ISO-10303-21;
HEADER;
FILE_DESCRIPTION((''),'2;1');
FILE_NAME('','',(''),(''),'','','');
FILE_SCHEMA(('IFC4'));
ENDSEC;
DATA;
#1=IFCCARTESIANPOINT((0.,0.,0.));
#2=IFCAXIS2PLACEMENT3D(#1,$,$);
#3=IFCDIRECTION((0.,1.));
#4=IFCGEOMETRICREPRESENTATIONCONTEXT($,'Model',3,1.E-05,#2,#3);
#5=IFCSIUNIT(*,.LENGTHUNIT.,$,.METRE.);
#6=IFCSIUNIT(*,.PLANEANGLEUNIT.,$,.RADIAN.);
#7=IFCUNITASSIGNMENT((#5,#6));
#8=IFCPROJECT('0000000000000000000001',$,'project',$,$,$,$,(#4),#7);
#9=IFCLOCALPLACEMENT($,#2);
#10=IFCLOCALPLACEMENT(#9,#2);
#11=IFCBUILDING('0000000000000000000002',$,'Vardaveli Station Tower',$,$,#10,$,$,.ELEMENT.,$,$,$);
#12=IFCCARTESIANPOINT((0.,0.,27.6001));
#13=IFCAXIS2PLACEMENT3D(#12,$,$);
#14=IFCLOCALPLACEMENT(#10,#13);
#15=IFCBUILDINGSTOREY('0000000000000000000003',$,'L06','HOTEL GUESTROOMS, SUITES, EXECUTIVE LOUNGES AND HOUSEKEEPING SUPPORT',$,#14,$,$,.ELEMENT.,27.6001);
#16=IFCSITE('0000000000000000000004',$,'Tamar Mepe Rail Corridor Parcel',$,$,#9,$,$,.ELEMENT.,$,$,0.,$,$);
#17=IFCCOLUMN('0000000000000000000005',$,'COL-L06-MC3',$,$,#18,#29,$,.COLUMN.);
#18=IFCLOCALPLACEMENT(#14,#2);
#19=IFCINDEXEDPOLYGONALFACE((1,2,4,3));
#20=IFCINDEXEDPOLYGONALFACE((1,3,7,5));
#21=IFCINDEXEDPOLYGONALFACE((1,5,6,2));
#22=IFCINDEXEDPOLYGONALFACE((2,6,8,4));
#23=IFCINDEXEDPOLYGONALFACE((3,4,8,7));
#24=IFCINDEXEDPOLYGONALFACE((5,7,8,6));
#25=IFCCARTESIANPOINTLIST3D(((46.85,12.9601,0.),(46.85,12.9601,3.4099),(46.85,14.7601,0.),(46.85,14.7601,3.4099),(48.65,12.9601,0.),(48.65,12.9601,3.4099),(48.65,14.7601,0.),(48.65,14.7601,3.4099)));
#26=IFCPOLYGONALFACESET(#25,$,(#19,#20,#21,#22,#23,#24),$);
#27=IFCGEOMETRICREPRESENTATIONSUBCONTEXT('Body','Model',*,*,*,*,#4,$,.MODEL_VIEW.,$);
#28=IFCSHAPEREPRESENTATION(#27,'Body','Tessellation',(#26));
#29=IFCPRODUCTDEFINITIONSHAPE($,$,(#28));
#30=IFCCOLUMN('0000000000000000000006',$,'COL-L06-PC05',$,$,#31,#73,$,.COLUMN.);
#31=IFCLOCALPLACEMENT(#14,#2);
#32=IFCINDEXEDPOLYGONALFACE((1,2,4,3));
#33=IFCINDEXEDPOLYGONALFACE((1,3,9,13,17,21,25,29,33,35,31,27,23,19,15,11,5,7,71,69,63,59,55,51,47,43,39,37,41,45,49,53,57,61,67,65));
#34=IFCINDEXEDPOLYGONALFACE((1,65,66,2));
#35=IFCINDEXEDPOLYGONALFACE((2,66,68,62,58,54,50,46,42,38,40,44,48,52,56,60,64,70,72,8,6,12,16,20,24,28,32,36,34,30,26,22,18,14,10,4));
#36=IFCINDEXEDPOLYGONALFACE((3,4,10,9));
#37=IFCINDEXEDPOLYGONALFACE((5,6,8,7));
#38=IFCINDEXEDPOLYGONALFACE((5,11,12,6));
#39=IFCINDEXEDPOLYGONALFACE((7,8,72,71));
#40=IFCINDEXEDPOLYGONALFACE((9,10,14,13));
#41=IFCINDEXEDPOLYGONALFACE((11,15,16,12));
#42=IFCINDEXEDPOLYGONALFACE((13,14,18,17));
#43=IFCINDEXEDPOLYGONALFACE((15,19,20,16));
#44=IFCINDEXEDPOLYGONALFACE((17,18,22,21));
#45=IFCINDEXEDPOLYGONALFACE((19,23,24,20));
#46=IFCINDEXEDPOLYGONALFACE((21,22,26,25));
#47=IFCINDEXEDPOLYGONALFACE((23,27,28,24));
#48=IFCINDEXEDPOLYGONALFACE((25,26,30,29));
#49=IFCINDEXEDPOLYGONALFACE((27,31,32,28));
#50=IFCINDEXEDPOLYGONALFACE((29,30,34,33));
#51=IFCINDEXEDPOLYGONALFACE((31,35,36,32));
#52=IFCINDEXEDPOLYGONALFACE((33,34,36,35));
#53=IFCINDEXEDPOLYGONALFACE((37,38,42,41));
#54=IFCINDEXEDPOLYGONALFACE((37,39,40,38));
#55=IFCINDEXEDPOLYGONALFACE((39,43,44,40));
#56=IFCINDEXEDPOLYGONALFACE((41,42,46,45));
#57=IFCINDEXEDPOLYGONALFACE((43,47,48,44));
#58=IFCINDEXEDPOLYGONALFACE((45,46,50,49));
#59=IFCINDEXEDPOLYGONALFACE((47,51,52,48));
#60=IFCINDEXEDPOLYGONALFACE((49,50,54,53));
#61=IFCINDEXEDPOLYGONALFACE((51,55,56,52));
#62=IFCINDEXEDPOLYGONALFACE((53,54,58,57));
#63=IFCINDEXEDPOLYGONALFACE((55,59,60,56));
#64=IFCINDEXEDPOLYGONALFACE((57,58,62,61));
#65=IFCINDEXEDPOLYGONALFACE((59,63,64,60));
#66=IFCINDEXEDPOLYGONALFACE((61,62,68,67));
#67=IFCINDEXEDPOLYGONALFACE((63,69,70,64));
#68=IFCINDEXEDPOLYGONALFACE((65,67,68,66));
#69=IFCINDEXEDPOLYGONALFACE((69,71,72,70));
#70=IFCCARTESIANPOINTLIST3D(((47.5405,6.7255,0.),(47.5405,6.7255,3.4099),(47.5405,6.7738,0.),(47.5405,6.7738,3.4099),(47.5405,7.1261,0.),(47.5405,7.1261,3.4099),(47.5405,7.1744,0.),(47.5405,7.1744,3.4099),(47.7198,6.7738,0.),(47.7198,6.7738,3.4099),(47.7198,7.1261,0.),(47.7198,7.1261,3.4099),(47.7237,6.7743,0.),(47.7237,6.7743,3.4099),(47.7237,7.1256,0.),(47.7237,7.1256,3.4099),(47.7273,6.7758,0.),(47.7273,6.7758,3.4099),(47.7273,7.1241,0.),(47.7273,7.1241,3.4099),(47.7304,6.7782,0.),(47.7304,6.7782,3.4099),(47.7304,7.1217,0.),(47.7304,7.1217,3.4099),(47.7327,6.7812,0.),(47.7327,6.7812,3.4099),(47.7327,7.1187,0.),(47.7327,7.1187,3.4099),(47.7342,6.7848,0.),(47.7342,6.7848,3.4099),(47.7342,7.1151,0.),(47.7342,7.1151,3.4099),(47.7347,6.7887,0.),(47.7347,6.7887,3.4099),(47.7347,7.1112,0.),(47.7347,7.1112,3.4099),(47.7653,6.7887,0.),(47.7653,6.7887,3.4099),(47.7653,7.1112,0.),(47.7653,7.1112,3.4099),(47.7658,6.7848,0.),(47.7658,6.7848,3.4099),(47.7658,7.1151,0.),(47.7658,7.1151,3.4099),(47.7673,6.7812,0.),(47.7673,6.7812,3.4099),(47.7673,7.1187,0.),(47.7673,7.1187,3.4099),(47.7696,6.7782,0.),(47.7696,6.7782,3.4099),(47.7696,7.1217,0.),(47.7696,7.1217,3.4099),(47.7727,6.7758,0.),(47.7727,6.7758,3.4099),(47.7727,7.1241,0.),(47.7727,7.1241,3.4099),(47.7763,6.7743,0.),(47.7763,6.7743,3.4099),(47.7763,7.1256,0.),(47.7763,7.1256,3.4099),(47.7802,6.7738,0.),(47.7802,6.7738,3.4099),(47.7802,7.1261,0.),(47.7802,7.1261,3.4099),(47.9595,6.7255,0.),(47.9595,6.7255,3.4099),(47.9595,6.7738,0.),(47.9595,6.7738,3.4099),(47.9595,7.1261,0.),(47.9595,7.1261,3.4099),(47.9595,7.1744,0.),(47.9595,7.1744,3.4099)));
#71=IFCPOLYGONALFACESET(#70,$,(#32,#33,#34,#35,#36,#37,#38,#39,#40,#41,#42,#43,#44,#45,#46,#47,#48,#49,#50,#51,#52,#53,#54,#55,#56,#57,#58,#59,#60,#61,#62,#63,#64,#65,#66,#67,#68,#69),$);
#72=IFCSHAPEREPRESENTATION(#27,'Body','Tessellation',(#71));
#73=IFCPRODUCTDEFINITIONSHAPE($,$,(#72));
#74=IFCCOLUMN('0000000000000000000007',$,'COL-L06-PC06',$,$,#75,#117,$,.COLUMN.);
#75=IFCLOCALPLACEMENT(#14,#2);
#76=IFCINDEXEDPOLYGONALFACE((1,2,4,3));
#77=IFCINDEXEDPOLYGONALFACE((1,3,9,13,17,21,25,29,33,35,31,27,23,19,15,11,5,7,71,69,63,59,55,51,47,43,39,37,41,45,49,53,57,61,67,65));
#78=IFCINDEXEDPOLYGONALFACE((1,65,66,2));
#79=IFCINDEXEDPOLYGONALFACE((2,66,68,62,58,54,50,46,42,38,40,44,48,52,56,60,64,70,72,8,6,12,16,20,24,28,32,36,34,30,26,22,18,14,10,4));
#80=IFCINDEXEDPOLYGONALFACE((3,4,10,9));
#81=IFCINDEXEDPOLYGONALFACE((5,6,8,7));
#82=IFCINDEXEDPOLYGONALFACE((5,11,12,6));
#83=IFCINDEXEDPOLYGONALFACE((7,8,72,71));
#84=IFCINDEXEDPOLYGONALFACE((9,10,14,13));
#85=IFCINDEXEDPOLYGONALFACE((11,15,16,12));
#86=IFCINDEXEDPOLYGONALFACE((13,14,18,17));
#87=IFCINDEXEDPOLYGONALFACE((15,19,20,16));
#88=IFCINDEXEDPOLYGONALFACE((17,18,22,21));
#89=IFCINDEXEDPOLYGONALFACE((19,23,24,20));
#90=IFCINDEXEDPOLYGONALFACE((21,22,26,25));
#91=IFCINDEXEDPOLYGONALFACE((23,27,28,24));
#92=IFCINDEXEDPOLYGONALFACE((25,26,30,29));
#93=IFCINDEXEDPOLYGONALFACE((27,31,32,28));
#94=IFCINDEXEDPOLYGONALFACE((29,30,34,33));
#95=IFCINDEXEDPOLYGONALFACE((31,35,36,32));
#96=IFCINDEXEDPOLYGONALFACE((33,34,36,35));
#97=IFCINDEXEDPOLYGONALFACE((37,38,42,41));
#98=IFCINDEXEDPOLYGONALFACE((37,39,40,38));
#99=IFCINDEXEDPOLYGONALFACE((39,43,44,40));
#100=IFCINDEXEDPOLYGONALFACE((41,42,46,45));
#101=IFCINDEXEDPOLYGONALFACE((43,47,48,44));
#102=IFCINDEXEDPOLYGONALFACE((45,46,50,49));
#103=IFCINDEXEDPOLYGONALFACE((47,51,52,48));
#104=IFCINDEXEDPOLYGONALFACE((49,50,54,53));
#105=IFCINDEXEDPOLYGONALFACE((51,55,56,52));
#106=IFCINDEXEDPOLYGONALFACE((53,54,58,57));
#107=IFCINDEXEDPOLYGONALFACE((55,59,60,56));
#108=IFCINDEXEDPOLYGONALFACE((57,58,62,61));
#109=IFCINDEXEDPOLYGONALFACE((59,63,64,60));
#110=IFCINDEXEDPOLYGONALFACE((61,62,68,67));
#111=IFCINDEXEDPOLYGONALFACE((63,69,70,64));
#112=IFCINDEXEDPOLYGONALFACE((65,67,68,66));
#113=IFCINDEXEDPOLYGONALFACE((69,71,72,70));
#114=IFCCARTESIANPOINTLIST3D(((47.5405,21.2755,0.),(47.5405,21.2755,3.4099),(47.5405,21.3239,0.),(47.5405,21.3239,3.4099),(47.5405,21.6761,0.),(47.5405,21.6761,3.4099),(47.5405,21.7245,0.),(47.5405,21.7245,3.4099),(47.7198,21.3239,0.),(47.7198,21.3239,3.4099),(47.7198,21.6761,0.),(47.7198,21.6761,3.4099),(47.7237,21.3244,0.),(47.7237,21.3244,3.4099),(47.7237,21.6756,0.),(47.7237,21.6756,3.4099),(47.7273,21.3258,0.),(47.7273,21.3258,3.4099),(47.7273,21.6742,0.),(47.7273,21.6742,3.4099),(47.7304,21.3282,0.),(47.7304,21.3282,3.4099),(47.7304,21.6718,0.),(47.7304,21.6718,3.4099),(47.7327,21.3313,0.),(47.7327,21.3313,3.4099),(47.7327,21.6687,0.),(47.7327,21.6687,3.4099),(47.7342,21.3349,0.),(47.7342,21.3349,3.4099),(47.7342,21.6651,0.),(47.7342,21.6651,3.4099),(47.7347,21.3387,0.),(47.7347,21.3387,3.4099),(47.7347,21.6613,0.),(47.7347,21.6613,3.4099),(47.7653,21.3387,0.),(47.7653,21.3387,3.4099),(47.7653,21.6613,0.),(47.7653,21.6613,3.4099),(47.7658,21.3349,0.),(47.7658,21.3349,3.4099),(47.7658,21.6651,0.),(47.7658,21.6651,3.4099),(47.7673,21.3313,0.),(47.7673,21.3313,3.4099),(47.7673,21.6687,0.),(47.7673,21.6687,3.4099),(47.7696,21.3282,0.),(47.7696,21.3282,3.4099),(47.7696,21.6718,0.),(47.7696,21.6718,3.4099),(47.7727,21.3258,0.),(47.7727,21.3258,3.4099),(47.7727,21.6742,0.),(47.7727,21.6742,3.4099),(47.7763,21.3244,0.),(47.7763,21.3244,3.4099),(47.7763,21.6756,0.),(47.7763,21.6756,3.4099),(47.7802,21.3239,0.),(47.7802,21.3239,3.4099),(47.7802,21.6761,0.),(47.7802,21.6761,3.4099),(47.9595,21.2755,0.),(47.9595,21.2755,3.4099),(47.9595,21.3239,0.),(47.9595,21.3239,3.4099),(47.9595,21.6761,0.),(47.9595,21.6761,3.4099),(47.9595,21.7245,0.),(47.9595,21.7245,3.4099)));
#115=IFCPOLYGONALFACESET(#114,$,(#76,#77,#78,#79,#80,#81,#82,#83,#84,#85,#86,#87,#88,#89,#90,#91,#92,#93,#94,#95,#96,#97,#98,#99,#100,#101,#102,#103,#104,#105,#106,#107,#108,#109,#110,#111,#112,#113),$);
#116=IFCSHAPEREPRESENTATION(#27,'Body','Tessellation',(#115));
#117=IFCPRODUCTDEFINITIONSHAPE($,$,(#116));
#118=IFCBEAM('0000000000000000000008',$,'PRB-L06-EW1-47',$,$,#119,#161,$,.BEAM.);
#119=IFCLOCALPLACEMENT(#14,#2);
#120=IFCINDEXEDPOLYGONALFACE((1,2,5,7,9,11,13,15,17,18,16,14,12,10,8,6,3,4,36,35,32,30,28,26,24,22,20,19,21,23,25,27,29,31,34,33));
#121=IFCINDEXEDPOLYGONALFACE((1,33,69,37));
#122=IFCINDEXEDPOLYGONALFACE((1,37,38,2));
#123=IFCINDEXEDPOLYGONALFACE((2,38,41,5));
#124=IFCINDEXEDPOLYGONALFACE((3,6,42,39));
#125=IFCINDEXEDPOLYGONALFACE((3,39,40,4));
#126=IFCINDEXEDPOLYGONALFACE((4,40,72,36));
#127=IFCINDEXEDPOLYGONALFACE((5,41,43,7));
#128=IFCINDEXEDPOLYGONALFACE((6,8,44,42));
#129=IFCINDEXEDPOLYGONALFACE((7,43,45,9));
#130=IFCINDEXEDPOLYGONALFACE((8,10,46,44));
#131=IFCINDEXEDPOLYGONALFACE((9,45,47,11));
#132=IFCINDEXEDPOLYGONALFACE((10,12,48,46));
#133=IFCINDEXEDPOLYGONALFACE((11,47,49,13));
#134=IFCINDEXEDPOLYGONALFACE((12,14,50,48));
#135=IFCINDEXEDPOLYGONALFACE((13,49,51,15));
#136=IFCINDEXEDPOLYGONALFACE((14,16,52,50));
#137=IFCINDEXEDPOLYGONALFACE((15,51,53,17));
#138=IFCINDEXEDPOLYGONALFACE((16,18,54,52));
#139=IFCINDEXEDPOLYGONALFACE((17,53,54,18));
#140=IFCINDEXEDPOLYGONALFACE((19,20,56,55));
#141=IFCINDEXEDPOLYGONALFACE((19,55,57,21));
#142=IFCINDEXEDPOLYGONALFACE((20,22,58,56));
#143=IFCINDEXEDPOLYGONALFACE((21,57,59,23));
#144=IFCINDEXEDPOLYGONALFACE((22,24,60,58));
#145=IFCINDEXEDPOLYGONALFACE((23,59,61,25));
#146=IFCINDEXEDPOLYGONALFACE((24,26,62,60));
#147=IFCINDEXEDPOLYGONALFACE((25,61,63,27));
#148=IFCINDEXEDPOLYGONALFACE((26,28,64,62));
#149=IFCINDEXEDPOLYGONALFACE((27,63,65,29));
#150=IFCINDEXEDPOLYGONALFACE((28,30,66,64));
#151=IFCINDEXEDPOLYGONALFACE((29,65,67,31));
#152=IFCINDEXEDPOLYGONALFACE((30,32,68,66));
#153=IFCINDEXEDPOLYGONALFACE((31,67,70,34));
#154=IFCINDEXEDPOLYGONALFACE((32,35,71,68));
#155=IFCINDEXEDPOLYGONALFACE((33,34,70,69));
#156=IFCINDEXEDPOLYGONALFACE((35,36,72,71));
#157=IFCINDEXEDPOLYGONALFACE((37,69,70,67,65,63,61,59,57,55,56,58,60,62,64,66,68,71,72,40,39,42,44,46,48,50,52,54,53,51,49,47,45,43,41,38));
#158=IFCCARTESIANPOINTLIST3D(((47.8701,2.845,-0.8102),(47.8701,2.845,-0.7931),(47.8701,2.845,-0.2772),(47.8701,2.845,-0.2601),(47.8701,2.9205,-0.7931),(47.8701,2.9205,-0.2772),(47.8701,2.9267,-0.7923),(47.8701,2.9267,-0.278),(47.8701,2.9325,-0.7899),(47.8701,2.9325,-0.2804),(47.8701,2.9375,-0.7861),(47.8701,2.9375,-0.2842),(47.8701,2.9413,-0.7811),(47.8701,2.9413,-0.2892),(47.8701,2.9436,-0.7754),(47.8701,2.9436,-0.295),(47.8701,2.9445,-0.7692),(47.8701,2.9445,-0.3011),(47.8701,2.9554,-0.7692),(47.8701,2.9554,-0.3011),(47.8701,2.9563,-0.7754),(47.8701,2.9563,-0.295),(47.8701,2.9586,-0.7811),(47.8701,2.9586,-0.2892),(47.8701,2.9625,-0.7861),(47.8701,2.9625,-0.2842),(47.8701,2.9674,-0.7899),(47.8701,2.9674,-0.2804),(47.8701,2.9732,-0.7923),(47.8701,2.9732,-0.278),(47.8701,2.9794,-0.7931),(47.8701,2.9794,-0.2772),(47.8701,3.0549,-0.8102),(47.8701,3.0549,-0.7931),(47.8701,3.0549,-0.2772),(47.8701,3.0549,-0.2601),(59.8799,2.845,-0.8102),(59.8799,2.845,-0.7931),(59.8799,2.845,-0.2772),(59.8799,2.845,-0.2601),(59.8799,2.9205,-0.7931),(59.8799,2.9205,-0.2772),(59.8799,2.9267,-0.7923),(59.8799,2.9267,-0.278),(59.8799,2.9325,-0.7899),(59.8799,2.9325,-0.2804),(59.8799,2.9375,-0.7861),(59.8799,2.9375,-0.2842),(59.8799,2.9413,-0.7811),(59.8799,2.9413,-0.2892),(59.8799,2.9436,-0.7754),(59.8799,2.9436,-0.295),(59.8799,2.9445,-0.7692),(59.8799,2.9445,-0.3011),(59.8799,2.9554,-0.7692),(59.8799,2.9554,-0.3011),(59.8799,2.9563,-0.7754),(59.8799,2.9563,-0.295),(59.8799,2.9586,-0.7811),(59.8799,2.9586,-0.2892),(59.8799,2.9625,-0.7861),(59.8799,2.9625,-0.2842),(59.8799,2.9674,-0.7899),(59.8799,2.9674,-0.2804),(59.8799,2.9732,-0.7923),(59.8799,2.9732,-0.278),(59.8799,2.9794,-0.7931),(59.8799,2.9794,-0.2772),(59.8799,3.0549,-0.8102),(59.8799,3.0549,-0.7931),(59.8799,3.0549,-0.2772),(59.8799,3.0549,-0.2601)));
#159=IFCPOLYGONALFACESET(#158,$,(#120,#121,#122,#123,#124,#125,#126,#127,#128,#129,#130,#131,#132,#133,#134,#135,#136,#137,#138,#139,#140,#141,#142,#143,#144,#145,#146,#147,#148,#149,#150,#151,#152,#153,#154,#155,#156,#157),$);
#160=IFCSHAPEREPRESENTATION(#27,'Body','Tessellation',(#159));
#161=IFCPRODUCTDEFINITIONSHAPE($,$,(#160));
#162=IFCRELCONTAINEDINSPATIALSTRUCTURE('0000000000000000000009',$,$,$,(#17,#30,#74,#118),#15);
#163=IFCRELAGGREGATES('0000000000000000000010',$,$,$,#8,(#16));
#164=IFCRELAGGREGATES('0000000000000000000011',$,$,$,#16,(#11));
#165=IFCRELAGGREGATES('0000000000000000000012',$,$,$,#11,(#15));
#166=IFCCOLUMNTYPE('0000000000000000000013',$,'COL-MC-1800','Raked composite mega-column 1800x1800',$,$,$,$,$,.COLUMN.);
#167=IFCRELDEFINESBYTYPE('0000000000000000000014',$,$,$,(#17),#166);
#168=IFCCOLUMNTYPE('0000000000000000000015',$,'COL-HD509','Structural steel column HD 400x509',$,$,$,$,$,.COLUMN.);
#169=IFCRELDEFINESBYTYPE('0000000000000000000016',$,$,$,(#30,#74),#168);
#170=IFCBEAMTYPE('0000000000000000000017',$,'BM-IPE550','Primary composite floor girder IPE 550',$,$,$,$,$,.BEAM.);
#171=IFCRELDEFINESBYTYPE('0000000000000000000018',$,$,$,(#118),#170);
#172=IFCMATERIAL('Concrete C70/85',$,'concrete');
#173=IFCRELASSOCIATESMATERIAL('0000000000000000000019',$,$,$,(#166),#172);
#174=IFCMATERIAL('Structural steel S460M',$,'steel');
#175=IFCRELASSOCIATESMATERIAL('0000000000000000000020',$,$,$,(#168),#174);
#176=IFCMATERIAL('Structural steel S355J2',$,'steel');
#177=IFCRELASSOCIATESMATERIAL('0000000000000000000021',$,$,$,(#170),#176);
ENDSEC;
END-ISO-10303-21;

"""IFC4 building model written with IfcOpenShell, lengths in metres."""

from ifc_helpers import new_model, si_unit, direction, frame, origin, origin_2d, place, context, subcontext, project, spatial, rectangle, i_section, extrude, source, transform, mapped, material, material_profile, profile_set, type_object, element, save


model = new_model("IFC4")

# Units and contexts
model_context = context("Model", 3, precision=1e-05, world=origin(), true_north=direction((0.0, 1.0)))
body_context = subcontext(model_context, "Body", "Model", "MODEL_VIEW")
ifc_project = project(units=[si_unit("LENGTHUNIT", "METRE"), si_unit("PLANEANGLEUNIT", "RADIAN")], contexts=[model_context])

# Site, building, storey
site_placement = place(None, origin())
site = spatial("IfcSite", under=ifc_project, at=site_placement, Name="Tamar Mepe Rail Corridor Parcel", CompositionType="ELEMENT", RefElevation=0.0)
building_placement = place(site_placement, origin())
building = spatial("IfcBuilding", under=site, at=building_placement, Name="Vardaveli Station Tower", CompositionType="ELEMENT")
storey_placement = place(building_placement, frame((0.0, 0.0, 27.6001)))
storey = spatial("IfcBuildingStorey", under=building, at=storey_placement, Name="L06", Description="HOTEL GUESTROOMS, SUITES, EXECUTIVE LOUNGES AND HOUSEKEEPING SUPPORT", CompositionType="ELEMENT", Elevation=27.6001)

# Columns
ifc_material_1 = material(Name="Concrete C70/85", Category="concrete")
ifc_material_profile_1 = material_profile(ifc_material_1, rectangle(XDim=1.8, YDim=1.8, at=origin_2d()), Name="MC 1800x1800")
ifc_profile_set_1 = profile_set([ifc_material_profile_1], Name="Concrete C70/85")
column_type_1 = type_object("IfcColumnType", Name="COL-MC-1800", Description="Raked composite mega-column 1800x1800", PredefinedType="COLUMN", material=ifc_profile_set_1)
shared_shape_1 = source(origin(), body_context, "Body", "SweptSolid", [
    extrude(rectangle(XDim=1.8, YDim=1.8, at=origin_2d()), origin(), (0.0, 0.0, 1.0), 3.4099),
])
column_placement = place(storey_placement, frame((47.75, 13.8601, 0.0), z_axis=(0.0, 0.0, 1.0), x_axis=(1.0, 0.0, 0.0)))
element("IfcColumn", 1, at=column_placement, inside=storey, type_object=column_type_1, Name="COL-L06-MC3", PredefinedType="COLUMN", context=body_context, shape_type="MappedRepresentation", body=[
    mapped(shared_shape_1, transform((0.0, 0.0, 0.0), scale=1.0)),
])
ifc_material_2 = material(Name="Structural steel S460M", Category="steel")
ifc_material_profile_2 = material_profile(ifc_material_2, i_section(OverallWidth=0.4189, OverallDepth=0.449, WebThickness=0.0305, FlangeThickness=0.0483, FilletRadius=0.0149, at=origin_2d()), Name="HD 400x509")
ifc_profile_set_2 = profile_set([ifc_material_profile_2], Name="Structural steel S460M")
column_type_2 = type_object("IfcColumnType", Name="COL-HD509", Description="Structural steel column HD 400x509", PredefinedType="COLUMN", material=ifc_profile_set_2)
shared_shape_2 = source(origin(), body_context, "Body", "SweptSolid", [
    extrude(i_section(OverallWidth=0.4189, OverallDepth=0.449, WebThickness=0.0305, FlangeThickness=0.0483, FilletRadius=0.0149, at=origin_2d()), origin(), (0.0, 0.0, 1.0), 3.4099),
])
for number, where, z_axis, x_axis, name in (
    (2, (47.75, 6.95, 0.0), (0.0, 0.0, 1.0), (1.0, 0.0, 0.0), "COL-L06-PC05"),
    (3, (47.75, 21.5, 0.0), (0.0, 0.0, 1.0), (1.0, 0.0, 0.0), "COL-L06-PC06"),
):
    element("IfcColumn", number, at=place(storey_placement, frame(where, z_axis=z_axis, x_axis=x_axis)), inside=storey, type_object=column_type_2, Name=name, PredefinedType="COLUMN", context=body_context, shape_type="MappedRepresentation", body=[
        mapped(shared_shape_2, transform((0.0, 0.0, 0.0), scale=1.0)),
    ])

# Beam
ifc_material_3 = material(Name="Structural steel S355J2", Category="steel")
ifc_material_profile_3 = material_profile(ifc_material_3, i_section(OverallWidth=0.21, OverallDepth=0.55, WebThickness=0.011, FlangeThickness=0.0171, FilletRadius=0.0239, at=origin_2d()), Name="IPE 550")
ifc_profile_set_3 = profile_set([ifc_material_profile_3], Name="Structural steel S355J2")
beam_type_1 = type_object("IfcBeamType", Name="BM-IPE550", Description="Primary composite floor girder IPE 550", PredefinedType="BEAM", material=ifc_profile_set_3)
shared_shape_3 = source(origin(), body_context, "Body", "SweptSolid", [
    extrude(i_section(OverallWidth=0.21, OverallDepth=0.55, WebThickness=0.011, FlangeThickness=0.0171, FilletRadius=0.0239, at=origin_2d()), origin(), (0.0, 0.0, 1.0), 12.0098),
])
for number, where, z_axis, x_axis, name in (
    (4, (47.8701, 2.95, -0.5352), (1.0, 0.0, 0.0), (0.0, 1.0, 0.0), "PRB-L06-EW1-47"),
):
    element("IfcBeam", number, at=place(storey_placement, frame(where, z_axis=z_axis, x_axis=x_axis)), inside=storey, type_object=beam_type_1, Name=name, PredefinedType="BEAM", context=body_context, shape_type="MappedRepresentation", body=[
        mapped(shared_shape_3, transform((0.0, 0.0, 0.0), scale=1.0)),
    ])

save(model, "model.ifc")
